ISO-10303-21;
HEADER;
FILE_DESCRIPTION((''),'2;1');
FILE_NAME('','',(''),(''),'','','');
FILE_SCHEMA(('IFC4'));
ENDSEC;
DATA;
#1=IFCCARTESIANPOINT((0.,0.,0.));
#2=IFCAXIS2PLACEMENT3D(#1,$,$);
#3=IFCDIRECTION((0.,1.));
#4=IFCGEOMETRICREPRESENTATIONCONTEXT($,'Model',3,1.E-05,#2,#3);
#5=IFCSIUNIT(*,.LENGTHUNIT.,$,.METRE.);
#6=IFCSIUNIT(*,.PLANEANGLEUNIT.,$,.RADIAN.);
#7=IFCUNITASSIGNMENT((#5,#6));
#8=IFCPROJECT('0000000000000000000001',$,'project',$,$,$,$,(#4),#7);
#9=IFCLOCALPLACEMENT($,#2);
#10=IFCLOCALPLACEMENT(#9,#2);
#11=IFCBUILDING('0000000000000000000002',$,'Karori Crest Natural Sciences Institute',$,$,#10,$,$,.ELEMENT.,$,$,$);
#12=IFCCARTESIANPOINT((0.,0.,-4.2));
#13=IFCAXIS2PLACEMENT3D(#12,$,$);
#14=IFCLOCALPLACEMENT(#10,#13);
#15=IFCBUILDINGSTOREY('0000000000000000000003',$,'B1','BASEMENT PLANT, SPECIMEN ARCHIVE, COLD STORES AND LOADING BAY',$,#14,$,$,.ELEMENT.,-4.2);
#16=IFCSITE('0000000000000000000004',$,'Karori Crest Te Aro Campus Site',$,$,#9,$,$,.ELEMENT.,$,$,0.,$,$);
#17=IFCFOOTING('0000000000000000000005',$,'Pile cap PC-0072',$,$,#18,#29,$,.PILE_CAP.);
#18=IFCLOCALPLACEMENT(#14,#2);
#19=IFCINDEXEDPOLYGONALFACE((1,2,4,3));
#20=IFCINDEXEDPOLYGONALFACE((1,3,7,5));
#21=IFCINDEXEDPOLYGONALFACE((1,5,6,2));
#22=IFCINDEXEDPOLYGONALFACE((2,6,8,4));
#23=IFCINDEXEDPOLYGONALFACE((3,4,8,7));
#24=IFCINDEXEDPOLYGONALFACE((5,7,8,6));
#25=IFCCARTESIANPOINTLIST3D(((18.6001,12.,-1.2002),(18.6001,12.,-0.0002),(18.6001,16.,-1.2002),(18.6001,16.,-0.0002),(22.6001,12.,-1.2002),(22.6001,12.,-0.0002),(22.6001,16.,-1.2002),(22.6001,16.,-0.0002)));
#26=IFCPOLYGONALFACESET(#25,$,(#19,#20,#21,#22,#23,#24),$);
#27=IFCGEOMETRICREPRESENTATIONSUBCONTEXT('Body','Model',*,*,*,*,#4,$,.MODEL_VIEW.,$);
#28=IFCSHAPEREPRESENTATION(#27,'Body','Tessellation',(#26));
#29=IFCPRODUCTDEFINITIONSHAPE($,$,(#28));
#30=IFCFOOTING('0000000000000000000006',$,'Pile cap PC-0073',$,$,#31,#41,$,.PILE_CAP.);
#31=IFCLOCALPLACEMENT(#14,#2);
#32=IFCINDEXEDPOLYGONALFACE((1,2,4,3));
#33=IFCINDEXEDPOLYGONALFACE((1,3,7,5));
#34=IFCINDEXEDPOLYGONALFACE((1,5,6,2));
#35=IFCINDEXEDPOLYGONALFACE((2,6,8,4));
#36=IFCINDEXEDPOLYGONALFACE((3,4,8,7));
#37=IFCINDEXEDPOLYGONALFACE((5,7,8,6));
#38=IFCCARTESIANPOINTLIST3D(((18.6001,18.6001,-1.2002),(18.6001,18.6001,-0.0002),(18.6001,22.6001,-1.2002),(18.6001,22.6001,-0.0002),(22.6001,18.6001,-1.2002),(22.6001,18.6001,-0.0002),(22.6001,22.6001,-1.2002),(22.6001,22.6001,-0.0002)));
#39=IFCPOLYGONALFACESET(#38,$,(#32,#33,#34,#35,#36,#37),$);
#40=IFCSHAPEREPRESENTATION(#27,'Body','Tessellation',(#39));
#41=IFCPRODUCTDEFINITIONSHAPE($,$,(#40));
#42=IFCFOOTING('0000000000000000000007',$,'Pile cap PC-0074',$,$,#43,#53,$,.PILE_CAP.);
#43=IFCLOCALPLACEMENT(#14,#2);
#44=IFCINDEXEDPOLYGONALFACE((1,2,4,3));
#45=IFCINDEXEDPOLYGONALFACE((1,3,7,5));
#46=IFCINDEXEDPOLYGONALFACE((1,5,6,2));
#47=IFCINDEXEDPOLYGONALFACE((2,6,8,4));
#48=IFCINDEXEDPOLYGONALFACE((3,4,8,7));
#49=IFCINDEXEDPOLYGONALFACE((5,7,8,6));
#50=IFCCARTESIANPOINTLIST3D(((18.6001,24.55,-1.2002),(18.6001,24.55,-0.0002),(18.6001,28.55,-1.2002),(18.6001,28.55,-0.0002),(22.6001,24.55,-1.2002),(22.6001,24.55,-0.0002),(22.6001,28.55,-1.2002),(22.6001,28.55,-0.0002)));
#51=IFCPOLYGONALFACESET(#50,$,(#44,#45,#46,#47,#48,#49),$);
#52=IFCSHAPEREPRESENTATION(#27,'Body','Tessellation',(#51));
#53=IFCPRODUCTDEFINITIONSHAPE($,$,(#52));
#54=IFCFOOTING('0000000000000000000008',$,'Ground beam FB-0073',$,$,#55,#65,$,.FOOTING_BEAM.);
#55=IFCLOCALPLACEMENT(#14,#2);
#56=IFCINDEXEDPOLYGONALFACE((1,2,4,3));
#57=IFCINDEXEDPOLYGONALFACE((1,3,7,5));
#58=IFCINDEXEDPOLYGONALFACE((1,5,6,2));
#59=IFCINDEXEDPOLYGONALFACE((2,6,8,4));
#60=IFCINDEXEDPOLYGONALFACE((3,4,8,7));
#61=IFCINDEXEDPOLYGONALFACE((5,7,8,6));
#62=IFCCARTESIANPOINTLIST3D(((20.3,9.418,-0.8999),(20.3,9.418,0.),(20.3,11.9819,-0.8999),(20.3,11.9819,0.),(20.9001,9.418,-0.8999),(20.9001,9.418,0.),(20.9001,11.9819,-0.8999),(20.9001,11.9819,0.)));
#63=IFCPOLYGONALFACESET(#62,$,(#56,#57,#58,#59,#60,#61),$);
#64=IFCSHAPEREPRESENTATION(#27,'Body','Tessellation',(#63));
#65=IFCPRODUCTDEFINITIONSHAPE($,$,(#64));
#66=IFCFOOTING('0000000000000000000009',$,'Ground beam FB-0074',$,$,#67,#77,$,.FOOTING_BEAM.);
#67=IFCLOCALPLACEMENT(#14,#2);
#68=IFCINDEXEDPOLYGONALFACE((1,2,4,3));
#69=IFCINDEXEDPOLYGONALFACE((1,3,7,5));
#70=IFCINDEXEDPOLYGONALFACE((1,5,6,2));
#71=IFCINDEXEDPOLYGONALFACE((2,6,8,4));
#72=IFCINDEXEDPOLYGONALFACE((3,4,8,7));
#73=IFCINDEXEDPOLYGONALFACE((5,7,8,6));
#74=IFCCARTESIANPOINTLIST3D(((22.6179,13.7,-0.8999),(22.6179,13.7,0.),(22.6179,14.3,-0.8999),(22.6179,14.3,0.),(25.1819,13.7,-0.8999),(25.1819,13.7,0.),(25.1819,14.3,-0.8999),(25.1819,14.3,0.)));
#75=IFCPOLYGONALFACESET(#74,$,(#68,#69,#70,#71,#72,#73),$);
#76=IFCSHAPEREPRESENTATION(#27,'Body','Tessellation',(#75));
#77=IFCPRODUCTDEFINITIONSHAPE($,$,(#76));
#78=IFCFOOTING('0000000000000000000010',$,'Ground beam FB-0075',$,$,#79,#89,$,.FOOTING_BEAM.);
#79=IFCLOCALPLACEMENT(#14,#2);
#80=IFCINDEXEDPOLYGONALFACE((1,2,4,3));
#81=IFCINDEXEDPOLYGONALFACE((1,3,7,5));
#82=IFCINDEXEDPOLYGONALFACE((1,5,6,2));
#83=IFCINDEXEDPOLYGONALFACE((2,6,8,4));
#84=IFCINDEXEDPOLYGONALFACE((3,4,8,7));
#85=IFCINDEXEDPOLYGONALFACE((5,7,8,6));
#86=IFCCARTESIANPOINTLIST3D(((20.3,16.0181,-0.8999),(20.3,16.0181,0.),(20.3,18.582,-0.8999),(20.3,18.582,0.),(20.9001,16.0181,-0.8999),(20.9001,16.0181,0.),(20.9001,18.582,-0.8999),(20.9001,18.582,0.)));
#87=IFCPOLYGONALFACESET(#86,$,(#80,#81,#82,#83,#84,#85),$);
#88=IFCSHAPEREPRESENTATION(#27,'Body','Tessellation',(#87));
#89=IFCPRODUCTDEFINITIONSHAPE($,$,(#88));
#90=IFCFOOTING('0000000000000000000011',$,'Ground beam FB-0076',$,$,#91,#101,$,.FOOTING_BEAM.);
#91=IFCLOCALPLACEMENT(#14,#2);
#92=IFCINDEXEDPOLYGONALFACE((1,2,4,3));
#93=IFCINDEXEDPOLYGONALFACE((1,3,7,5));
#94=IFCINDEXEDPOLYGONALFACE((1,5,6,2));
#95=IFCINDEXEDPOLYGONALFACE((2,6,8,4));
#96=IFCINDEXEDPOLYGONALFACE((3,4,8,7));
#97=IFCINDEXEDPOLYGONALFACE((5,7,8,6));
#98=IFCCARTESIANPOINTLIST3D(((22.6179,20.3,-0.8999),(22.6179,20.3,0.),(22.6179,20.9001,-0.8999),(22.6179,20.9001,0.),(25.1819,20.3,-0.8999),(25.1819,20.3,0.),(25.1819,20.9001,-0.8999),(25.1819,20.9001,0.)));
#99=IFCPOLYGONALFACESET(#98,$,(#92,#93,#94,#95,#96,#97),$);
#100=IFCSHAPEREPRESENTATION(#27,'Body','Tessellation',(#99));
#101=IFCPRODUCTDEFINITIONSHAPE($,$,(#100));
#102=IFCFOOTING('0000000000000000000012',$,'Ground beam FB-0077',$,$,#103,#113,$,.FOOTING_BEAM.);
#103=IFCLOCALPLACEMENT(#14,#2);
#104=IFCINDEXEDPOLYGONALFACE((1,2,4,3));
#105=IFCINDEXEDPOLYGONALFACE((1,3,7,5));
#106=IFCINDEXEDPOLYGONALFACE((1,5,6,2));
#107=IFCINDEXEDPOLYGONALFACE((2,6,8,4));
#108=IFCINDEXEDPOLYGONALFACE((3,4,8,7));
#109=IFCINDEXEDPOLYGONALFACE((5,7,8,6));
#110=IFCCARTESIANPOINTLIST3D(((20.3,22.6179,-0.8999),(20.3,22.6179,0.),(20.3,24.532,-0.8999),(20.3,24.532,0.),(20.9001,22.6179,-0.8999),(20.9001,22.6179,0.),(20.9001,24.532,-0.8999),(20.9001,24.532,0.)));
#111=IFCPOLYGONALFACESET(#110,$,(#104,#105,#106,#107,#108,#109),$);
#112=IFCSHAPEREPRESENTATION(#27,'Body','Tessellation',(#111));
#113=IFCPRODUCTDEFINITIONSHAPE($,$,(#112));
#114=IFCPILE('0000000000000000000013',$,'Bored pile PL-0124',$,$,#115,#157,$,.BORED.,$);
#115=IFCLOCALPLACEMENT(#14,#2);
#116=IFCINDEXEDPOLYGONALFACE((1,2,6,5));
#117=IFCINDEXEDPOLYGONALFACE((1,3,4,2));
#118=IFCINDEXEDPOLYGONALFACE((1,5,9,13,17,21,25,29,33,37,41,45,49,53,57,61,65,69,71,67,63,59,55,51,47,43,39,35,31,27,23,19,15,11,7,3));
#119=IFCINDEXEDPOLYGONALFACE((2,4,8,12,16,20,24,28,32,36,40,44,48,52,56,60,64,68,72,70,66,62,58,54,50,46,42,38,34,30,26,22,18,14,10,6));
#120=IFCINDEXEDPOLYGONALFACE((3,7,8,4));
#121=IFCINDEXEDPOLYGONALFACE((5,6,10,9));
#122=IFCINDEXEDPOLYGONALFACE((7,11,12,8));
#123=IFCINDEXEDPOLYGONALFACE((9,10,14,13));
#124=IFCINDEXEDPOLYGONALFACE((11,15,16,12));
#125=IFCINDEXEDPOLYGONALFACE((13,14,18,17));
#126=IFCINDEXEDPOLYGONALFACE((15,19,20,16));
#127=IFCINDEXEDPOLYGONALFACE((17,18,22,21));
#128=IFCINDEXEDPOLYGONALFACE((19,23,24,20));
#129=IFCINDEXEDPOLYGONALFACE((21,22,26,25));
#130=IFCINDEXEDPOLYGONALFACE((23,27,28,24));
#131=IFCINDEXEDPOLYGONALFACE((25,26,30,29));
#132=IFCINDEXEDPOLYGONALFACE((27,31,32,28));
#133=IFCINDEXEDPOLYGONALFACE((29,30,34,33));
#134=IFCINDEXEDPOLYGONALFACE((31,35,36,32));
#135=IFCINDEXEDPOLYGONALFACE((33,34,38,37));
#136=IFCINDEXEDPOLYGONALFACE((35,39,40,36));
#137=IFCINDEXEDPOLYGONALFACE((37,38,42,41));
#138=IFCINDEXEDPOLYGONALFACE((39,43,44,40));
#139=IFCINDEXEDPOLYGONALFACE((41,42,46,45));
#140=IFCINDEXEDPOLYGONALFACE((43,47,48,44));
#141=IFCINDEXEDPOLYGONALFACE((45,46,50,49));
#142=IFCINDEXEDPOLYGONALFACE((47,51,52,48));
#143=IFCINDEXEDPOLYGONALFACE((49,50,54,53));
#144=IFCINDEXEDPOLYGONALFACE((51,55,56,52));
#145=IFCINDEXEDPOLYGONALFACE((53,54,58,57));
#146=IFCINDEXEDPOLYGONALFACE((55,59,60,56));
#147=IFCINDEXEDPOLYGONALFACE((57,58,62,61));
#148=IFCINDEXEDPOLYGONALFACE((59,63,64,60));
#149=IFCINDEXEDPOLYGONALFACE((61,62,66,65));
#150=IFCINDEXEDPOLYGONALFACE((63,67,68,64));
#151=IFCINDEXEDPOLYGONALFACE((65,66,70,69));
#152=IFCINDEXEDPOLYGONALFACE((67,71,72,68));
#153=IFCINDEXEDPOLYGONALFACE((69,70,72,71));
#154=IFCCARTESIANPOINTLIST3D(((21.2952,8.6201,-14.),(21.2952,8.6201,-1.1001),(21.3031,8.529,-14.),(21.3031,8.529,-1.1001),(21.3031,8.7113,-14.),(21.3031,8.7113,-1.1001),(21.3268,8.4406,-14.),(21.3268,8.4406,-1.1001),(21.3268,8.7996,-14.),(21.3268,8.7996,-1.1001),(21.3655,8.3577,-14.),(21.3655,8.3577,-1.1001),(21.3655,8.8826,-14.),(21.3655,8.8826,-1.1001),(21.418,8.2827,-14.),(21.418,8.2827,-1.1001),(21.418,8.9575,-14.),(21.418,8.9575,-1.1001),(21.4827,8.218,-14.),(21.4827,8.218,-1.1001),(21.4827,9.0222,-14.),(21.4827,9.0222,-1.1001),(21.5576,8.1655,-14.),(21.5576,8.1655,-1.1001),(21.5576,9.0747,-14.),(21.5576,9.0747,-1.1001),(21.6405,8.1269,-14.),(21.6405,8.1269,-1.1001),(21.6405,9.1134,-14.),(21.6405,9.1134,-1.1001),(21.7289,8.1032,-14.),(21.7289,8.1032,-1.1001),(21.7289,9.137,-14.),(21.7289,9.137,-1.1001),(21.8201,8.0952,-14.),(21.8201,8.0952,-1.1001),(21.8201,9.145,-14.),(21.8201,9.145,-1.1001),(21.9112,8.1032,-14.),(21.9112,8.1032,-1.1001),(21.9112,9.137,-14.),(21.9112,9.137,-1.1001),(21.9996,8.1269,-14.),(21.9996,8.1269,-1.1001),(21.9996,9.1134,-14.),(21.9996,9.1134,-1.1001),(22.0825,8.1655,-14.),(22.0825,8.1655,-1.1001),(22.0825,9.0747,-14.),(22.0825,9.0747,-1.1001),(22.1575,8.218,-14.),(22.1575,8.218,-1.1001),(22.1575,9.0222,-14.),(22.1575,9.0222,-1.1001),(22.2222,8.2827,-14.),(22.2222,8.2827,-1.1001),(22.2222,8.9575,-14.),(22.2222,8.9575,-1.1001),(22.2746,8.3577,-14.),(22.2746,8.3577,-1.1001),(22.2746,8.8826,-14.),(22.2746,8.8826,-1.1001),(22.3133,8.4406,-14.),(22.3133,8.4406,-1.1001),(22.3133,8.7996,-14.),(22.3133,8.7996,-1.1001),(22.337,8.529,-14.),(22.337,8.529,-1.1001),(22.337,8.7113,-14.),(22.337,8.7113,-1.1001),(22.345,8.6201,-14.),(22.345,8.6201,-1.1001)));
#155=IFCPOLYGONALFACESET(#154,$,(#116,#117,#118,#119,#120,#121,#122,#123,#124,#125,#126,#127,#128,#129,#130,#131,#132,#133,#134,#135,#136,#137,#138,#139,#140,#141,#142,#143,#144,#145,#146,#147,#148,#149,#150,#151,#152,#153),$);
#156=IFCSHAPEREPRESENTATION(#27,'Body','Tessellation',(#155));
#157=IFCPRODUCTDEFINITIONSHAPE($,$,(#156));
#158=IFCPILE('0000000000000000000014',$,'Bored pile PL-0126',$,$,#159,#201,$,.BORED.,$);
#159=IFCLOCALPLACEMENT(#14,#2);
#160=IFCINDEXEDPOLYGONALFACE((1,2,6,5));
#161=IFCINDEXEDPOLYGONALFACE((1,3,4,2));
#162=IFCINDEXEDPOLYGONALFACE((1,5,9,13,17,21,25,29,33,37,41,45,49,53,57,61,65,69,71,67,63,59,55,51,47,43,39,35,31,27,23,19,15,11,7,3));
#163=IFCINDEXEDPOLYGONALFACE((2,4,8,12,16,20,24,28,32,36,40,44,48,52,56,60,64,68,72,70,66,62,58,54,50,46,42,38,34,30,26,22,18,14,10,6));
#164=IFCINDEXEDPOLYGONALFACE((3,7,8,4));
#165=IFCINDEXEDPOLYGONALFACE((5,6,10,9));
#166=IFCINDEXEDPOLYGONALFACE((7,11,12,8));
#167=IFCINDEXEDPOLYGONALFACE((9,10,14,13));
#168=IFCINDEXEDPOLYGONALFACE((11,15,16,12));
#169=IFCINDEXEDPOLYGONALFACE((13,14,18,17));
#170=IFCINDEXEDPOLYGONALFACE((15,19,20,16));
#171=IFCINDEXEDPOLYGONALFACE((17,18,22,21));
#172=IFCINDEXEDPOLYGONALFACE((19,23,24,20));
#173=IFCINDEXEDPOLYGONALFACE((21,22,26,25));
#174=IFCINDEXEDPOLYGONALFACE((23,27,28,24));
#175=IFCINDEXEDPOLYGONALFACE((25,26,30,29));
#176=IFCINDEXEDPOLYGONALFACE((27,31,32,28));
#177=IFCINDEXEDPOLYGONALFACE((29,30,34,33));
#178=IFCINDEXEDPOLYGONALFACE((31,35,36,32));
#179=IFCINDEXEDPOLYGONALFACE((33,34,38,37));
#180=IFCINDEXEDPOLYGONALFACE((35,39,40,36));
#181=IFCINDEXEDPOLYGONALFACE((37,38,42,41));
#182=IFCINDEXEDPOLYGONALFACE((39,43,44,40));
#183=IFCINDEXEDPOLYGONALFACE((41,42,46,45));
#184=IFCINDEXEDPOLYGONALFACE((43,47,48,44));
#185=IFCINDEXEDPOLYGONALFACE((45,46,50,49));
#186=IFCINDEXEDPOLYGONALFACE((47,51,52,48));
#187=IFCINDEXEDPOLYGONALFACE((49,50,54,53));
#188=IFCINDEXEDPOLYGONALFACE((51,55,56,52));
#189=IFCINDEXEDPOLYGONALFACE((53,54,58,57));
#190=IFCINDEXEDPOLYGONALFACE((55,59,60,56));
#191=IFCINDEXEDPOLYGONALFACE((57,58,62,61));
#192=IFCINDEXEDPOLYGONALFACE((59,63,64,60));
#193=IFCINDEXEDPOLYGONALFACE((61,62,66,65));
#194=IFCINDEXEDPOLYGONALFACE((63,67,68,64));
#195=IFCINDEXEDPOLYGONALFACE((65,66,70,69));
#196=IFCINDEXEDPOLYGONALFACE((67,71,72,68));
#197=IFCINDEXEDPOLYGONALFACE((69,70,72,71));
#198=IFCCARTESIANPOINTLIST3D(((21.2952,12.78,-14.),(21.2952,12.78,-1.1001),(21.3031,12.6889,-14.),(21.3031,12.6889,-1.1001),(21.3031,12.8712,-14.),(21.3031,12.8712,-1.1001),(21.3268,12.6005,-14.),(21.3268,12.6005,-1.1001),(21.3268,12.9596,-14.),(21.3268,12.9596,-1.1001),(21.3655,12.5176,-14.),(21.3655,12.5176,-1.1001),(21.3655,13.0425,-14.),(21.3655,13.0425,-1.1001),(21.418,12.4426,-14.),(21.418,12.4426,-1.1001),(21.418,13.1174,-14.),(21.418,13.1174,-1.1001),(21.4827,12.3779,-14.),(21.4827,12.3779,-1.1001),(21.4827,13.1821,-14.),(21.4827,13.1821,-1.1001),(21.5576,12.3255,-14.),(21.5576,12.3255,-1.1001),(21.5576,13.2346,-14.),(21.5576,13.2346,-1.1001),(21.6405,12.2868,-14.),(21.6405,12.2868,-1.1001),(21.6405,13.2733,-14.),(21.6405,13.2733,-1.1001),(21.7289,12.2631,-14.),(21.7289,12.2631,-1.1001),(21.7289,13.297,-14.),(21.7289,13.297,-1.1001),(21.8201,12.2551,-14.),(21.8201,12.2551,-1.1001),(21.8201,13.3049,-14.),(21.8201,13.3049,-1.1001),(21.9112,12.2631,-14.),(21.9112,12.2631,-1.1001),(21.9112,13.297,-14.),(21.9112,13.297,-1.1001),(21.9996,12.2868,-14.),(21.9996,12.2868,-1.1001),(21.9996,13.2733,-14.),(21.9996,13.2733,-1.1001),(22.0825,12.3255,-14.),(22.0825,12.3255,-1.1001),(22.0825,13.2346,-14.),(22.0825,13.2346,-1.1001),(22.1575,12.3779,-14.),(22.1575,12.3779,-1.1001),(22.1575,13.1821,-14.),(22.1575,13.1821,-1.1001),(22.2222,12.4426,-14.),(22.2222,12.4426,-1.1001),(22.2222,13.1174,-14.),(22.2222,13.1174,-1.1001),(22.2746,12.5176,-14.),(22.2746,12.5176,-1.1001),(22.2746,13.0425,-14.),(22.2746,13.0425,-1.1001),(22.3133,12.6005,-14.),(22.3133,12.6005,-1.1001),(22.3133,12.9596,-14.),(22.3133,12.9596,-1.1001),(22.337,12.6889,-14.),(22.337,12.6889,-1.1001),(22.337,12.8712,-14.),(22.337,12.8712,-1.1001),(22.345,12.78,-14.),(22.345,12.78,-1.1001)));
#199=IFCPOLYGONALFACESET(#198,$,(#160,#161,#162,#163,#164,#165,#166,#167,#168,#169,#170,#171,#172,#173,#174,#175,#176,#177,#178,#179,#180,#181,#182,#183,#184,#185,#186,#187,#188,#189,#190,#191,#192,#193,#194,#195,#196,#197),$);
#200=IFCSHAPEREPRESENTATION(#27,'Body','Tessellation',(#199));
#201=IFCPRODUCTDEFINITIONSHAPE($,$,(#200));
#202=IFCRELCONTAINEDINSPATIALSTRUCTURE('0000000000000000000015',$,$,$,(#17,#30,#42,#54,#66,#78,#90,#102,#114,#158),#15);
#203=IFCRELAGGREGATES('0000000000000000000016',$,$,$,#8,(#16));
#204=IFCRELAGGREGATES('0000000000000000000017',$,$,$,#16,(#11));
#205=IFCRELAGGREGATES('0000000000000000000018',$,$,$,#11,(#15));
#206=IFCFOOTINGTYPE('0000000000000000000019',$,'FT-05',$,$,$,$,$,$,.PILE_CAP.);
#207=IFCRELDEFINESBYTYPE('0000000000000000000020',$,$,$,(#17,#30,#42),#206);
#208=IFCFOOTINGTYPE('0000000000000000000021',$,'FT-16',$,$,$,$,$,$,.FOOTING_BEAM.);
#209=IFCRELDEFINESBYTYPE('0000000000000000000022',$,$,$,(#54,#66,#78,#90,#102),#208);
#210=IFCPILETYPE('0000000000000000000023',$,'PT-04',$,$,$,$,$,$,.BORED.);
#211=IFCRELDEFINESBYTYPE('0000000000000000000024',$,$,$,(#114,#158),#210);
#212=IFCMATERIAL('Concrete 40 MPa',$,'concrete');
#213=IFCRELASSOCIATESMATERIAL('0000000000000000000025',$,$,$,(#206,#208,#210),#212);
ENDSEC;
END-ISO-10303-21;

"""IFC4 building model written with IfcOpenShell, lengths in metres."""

from ifc_helpers import new_model, si_unit, direction, frame, origin, origin_2d, place, context, subcontext, project, spatial, rectangle, circle, extrude, material, material_profile, profile_set, type_object, element, save


model = new_model("IFC4")

# Units and contexts
model_context = context("Model", 3, precision=1e-05, world=origin(), true_north=direction((0.0, 1.0)))
body_context = subcontext(model_context, "Body", "Model", "MODEL_VIEW")
ifc_project = project(units=[si_unit("LENGTHUNIT", "METRE"), si_unit("PLANEANGLEUNIT", "RADIAN")], contexts=[model_context])

# Site, building, storey
site_placement = place(None, origin())
site = spatial("IfcSite", under=ifc_project, at=site_placement, Name="Karori Crest Te Aro Campus Site", CompositionType="ELEMENT", RefElevation=0.0)
building_placement = place(site_placement, origin())
building = spatial("IfcBuilding", under=site, at=building_placement, Name="Karori Crest Natural Sciences Institute", CompositionType="ELEMENT")
storey_placement = place(building_placement, frame((0.0, 0.0, -4.2)))
storey = spatial("IfcBuildingStorey", under=building, at=storey_placement, Name="B1", Description="BASEMENT PLANT, SPECIMEN ARCHIVE, COLD STORES AND LOADING BAY", CompositionType="ELEMENT", Elevation=-4.2)

# Footings
ifc_material_1 = material(Name="Concrete 40 MPa", Category="concrete")
footing_type_1 = type_object("IfcFootingType", Name="FT-05", PredefinedType="PILE_CAP", material=ifc_material_1)
for number, where, z_axis, x_axis, name in (
    (1, (20.6001, 14.0, -1.2002), (0.0, 0.0, 1.0), (1.0, 0.0, 0.0), "Pile cap PC-0072"),
    (2, (20.6001, 20.6001, -1.2002), (0.0, 0.0, 1.0), (1.0, 0.0, 0.0), "Pile cap PC-0073"),
    (3, (20.6001, 26.55, -1.2002), (0.0, 0.0, 1.0), (1.0, 0.0, 0.0), "Pile cap PC-0074"),
):
    element("IfcFooting", number, at=place(storey_placement, frame(where, z_axis=z_axis, x_axis=x_axis)), inside=storey, type_object=footing_type_1, Name=name, PredefinedType="PILE_CAP", context=body_context, shape_type="SweptSolid", body=[
        extrude(rectangle(XDim=4.0, YDim=4.0, at=origin_2d()), origin(), (0.0, 0.0, 1.0), 1.2),
    ])
footing_type_2 = type_object("IfcFootingType", Name="FT-16", PredefinedType="FOOTING_BEAM", material=ifc_material_1)
for number, where, z_axis, x_axis, name in (
    (4, (20.6001, 10.7, -0.8999), (0.0, 0.0, 1.0), (0.0, 1.0, 0.0), "Ground beam FB-0073"),
    (5, (23.8999, 14.0, -0.8999), (0.0, 0.0, 1.0), (1.0, 0.0, 0.0), "Ground beam FB-0074"),
    (6, (20.6001, 17.3, -0.8999), (0.0, 0.0, 1.0), (0.0, 1.0, 0.0), "Ground beam FB-0075"),
    (7, (23.8999, 20.6001, -0.8999), (0.0, 0.0, 1.0), (1.0, 0.0, 0.0), "Ground beam FB-0076"),
):
    element("IfcFooting", number, at=place(storey_placement, frame(where, z_axis=z_axis, x_axis=x_axis)), inside=storey, type_object=footing_type_2, Name=name, PredefinedType="FOOTING_BEAM", context=body_context, shape_type="SweptSolid", body=[
        extrude(rectangle(XDim=2.564, YDim=0.6001, at=origin_2d()), origin(), (0.0, 0.0, 1.0), 0.8999),
    ])
footing_placement = place(storey_placement, frame((20.6001, 23.575, -0.8999), z_axis=(0.0, 0.0, 1.0), x_axis=(0.0, 1.0, 0.0)))
element("IfcFooting", 8, at=footing_placement, inside=storey, type_object=footing_type_2, Name="Ground beam FB-0077", PredefinedType="FOOTING_BEAM", context=body_context, shape_type="SweptSolid", body=[
    extrude(rectangle(XDim=1.9141, YDim=0.6001, at=origin_2d()), origin(), (0.0, 0.0, 1.0), 0.8999),
])

# Piles
ifc_material_profile_1 = material_profile(ifc_material_1, circle(Radius=0.5249, at=origin_2d()), Name="PILE1050")
ifc_profile_set_1 = profile_set([ifc_material_profile_1], Name="Concrete 40 MPa")
pile_type = type_object("IfcPileType", Name="PT-04", PredefinedType="BORED", material=ifc_profile_set_1)
for number, where, z_axis, x_axis, name in (
    (9, (21.8201, 8.6201, -1.1001), (0.0, 0.0, -1.0), (1.0, 0.0, 0.0), "Bored pile PL-0124"),
    (10, (21.8201, 12.78, -1.1001), (0.0, 0.0, -1.0), (1.0, 0.0, 0.0), "Bored pile PL-0126"),
):
    element("IfcPile", number, at=place(storey_placement, frame(where, z_axis=z_axis, x_axis=x_axis)), inside=storey, type_object=pile_type, Name=name, PredefinedType="BORED", context=body_context, shape_type="SweptSolid", body=[
        extrude(circle(Radius=0.5249, at=origin_2d()), origin(), (0.0, 0.0, 1.0), 12.8999),
    ])

save(model, "model.ifc")
